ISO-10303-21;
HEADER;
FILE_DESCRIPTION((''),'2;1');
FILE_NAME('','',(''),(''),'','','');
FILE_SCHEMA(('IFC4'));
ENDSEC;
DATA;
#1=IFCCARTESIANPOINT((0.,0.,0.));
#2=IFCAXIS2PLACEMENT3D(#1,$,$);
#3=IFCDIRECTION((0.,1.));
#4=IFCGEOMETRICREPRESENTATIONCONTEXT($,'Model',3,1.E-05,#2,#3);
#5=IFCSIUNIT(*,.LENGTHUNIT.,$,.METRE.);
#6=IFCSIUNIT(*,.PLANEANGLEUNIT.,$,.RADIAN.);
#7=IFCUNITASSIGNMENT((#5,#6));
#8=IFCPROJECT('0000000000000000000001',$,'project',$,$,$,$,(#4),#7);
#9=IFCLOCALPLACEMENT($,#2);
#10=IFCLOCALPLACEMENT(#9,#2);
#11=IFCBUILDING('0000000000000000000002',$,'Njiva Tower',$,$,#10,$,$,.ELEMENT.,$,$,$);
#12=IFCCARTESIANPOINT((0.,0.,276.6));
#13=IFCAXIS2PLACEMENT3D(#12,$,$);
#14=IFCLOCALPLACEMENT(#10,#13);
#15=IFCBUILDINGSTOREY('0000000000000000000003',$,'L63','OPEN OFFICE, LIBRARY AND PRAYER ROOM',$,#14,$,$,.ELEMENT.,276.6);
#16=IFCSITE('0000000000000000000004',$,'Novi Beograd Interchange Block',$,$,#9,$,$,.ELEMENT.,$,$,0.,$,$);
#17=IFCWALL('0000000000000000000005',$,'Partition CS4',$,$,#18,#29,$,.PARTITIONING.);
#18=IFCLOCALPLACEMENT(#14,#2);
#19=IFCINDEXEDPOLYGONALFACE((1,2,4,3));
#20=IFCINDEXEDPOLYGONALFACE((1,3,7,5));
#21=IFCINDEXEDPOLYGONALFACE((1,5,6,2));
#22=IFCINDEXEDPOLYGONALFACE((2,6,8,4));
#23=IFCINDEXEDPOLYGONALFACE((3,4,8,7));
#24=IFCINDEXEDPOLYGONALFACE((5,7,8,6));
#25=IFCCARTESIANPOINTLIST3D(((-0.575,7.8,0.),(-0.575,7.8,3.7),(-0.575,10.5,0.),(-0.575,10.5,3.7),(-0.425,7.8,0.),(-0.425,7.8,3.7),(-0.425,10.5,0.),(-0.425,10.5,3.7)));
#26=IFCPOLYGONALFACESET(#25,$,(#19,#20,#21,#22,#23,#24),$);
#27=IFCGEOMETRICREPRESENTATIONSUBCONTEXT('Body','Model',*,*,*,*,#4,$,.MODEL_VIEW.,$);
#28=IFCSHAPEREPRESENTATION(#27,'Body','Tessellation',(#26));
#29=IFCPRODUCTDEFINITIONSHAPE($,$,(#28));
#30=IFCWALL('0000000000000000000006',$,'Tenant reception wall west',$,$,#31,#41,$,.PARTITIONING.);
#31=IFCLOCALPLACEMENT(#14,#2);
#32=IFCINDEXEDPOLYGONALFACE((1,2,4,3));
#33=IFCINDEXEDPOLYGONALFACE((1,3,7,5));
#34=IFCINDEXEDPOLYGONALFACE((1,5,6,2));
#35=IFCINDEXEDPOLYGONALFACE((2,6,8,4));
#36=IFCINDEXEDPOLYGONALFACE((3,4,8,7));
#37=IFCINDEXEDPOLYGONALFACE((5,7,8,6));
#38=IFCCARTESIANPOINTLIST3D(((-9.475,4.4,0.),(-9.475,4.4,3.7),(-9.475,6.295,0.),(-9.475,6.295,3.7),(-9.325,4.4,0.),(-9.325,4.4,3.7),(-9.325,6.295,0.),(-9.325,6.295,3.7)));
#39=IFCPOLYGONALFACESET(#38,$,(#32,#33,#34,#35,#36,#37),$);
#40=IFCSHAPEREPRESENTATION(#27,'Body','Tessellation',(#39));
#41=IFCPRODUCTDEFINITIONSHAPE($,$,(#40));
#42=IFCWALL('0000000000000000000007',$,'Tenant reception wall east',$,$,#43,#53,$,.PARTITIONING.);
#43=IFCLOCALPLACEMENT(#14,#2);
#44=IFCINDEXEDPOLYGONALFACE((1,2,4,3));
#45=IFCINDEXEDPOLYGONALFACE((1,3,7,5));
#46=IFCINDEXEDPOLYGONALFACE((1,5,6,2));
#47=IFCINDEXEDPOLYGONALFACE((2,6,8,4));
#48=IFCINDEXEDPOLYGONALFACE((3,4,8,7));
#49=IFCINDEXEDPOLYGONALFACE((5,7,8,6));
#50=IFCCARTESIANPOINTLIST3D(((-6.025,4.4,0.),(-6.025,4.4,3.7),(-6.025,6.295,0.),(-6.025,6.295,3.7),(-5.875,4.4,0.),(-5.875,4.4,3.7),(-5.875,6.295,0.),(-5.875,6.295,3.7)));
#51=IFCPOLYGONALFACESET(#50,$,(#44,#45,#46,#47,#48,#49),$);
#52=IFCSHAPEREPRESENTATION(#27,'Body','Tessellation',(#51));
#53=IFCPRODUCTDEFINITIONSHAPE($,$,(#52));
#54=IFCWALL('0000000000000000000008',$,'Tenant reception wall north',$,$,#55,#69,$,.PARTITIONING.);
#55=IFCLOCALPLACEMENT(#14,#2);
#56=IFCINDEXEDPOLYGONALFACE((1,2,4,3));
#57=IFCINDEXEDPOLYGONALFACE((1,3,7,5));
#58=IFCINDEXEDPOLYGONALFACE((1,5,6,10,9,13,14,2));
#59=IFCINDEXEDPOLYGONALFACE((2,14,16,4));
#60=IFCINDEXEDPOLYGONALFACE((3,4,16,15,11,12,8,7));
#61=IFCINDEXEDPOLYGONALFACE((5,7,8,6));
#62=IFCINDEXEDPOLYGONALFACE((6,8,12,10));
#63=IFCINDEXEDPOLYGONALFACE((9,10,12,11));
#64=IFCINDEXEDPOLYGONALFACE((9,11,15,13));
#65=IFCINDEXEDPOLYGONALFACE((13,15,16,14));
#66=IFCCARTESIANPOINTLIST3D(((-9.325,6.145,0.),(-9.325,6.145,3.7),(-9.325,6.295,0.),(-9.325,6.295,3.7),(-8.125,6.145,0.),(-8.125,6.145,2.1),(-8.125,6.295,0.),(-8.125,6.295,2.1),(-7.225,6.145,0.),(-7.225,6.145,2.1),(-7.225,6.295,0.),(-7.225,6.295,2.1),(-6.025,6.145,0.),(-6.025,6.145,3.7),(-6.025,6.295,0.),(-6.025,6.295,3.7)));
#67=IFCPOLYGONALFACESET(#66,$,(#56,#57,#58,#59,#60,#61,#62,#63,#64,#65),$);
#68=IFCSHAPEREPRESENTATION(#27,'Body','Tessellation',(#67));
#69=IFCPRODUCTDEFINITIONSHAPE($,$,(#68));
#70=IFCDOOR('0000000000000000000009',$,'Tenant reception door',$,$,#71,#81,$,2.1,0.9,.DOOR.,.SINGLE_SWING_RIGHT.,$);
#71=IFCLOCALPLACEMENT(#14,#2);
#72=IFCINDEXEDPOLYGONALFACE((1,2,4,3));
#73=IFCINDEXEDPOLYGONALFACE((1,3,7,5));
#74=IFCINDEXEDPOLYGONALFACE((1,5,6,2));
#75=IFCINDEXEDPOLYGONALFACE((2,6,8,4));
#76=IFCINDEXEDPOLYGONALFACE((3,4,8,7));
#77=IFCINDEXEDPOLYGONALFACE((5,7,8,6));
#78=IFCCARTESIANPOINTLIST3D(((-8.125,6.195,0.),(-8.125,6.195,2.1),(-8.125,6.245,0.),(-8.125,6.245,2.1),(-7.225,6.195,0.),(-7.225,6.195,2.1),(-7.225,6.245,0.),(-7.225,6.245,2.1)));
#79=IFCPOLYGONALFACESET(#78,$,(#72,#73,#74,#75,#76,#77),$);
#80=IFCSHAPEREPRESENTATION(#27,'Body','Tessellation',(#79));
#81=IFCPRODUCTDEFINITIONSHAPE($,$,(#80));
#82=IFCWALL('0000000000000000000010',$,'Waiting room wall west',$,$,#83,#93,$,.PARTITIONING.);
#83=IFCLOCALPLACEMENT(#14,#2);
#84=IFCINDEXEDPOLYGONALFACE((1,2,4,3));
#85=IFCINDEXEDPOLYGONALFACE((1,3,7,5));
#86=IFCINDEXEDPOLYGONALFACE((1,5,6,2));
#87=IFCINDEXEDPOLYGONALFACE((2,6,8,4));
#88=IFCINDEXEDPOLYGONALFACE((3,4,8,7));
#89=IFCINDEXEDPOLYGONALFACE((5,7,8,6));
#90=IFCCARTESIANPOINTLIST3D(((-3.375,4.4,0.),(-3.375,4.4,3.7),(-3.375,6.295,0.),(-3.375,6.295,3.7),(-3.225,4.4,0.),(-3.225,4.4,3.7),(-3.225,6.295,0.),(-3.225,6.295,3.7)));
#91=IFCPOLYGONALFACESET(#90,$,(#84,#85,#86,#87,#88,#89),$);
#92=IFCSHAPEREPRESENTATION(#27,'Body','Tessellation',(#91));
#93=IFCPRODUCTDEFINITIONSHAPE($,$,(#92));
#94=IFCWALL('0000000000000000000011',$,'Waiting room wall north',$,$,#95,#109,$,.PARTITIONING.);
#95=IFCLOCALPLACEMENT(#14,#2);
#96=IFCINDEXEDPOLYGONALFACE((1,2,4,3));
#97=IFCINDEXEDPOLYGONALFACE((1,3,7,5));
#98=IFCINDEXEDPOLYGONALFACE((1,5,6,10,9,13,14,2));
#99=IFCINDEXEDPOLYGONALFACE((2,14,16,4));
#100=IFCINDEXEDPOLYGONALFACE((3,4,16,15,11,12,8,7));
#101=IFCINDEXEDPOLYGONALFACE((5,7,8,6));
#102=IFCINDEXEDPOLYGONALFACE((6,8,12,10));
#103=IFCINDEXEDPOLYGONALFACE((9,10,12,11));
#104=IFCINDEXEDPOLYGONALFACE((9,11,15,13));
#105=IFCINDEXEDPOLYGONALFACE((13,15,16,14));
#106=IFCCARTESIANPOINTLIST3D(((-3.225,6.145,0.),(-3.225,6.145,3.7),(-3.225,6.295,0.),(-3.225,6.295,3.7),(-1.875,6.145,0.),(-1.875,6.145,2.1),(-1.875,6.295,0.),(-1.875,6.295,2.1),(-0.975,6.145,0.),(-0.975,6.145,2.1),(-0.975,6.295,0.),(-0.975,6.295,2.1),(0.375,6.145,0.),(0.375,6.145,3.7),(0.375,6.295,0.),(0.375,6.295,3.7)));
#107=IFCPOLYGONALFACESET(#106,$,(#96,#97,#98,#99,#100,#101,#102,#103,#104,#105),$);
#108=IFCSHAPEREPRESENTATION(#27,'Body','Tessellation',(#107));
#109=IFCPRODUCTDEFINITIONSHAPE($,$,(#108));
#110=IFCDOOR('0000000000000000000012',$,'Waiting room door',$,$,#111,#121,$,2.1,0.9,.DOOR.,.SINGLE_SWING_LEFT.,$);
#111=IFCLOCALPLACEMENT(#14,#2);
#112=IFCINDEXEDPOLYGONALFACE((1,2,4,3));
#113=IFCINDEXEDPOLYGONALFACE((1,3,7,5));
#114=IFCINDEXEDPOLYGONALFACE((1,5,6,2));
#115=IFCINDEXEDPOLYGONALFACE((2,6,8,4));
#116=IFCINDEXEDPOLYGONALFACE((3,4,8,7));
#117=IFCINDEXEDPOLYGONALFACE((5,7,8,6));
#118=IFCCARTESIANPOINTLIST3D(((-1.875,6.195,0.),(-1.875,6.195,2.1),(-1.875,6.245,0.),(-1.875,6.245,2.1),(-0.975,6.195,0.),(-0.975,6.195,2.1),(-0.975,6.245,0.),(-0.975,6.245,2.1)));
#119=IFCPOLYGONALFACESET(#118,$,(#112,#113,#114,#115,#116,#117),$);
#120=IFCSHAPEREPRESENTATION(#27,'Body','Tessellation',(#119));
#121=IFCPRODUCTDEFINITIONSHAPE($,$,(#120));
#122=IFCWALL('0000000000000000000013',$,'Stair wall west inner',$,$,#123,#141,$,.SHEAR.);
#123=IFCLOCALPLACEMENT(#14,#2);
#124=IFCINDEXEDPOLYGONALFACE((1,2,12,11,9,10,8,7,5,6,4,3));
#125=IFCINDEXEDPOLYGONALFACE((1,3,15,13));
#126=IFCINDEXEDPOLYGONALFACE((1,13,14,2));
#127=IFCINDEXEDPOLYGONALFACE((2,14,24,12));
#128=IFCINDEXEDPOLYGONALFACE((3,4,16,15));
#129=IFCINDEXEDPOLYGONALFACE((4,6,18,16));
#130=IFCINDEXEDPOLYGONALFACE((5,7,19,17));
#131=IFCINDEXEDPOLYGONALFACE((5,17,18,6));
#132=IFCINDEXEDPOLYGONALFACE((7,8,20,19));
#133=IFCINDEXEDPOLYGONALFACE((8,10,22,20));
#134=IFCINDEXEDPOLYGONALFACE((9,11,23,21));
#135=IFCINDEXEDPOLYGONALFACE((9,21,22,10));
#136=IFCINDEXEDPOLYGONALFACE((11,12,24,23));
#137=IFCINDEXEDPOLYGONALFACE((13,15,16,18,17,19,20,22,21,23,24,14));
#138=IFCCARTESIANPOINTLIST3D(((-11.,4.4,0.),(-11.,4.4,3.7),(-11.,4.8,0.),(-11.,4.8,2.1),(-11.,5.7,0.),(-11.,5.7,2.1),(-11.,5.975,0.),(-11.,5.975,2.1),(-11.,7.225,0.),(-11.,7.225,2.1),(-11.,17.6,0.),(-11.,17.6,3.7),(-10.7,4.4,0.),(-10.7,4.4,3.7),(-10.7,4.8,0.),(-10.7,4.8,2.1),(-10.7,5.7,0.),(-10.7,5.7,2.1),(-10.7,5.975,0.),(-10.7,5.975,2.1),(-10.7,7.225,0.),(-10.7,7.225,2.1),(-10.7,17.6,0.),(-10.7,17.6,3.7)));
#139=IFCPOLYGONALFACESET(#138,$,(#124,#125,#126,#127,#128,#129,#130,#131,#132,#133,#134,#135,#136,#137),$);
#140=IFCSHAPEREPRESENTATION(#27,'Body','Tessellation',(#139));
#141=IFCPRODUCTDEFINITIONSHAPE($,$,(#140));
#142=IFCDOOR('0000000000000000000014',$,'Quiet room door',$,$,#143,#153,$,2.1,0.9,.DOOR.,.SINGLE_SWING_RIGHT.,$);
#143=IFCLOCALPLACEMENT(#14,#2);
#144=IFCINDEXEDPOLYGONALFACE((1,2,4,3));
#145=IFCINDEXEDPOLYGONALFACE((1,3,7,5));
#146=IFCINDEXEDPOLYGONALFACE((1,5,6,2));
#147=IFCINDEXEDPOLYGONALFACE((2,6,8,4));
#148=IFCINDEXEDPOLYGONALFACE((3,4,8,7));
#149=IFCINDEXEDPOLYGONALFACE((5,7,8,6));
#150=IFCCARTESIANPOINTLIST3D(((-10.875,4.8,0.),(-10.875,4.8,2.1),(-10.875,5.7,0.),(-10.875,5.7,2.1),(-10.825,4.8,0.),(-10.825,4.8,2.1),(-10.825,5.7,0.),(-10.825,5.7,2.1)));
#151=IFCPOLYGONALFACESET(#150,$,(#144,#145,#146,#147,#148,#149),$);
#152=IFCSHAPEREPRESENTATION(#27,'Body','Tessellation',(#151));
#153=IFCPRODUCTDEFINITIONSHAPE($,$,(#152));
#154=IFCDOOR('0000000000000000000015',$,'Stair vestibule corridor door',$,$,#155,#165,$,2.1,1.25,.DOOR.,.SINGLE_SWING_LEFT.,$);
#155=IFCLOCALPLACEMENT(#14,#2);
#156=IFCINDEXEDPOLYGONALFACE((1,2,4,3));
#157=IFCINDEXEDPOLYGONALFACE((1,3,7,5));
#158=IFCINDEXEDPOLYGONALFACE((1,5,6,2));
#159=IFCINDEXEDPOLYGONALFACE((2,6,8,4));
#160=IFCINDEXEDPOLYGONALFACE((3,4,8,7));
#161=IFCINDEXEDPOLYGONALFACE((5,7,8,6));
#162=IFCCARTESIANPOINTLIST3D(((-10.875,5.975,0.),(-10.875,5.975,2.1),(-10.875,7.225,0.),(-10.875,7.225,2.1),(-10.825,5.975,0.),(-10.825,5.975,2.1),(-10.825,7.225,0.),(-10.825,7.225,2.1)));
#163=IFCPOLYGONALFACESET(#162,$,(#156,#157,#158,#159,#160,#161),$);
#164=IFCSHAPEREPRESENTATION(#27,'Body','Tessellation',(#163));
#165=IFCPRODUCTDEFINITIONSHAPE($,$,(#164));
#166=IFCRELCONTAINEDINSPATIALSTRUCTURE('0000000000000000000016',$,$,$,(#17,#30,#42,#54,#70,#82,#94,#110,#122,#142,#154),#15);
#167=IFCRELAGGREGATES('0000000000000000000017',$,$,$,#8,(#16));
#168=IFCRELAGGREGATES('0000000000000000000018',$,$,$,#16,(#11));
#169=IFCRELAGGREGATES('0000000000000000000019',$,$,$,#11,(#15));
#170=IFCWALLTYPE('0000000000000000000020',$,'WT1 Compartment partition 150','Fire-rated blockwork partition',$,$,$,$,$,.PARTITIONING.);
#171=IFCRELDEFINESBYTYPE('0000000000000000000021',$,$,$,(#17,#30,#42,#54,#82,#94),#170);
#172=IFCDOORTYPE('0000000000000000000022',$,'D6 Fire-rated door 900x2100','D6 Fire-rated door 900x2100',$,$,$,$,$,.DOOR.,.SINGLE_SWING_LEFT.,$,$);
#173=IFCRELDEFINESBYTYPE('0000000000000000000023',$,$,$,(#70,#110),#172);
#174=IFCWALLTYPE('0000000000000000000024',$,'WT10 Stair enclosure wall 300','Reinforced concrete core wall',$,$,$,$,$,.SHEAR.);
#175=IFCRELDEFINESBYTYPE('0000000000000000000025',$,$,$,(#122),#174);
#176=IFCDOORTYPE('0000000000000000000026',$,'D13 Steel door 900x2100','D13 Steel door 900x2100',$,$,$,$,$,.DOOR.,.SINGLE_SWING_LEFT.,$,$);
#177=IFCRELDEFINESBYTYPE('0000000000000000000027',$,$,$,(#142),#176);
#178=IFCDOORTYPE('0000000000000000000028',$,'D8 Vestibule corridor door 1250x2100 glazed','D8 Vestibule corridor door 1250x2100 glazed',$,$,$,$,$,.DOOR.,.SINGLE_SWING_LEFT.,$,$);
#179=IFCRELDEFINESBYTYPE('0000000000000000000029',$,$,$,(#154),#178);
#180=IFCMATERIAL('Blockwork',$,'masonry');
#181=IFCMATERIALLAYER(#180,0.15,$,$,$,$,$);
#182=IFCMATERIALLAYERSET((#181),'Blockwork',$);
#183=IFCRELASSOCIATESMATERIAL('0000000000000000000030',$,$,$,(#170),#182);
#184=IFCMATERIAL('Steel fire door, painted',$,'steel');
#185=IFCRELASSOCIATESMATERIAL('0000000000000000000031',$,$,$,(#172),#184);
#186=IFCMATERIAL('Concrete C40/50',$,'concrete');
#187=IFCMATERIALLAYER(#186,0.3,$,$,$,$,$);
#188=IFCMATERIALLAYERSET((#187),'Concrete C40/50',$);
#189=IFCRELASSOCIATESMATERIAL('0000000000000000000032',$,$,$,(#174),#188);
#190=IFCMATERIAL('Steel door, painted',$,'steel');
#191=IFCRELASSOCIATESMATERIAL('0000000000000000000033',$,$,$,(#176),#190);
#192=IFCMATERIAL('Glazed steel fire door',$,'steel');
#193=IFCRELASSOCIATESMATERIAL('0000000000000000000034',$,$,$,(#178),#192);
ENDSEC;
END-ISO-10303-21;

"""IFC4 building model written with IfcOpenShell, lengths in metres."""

from ifc_helpers import new_model, si_unit, direction, frame, frame_2d, origin, place, context, subcontext, project, spatial, rectangle, extrude, material, layer, layer_set, type_object, element, fill, save


model = new_model("IFC4")

# Units and contexts
model_context = context("Model", 3, precision=1e-05, world=origin(), true_north=direction((0.0, 1.0)))
body_context = subcontext(model_context, "Body", "Model", "MODEL_VIEW")
ifc_project = project(units=[si_unit("LENGTHUNIT", "METRE"), si_unit("PLANEANGLEUNIT", "RADIAN")], contexts=[model_context])

# Site, building, storey
site_placement = place(None, origin())
site = spatial("IfcSite", under=ifc_project, at=site_placement, Name="Novi Beograd Interchange Block", CompositionType="ELEMENT", RefElevation=0.0)
building_placement = place(site_placement, origin())
building = spatial("IfcBuilding", under=site, at=building_placement, Name="Njiva Tower", CompositionType="ELEMENT")
storey_placement = place(building_placement, frame((0.0, 0.0, 276.6)))
storey = spatial("IfcBuildingStorey", under=building, at=storey_placement, Name="L63", Description="OPEN OFFICE, LIBRARY AND PRAYER ROOM", CompositionType="ELEMENT", Elevation=276.6)

# Walls
ifc_material_1 = material(Name="Blockwork", Category="masonry")
ifc_layer_1 = layer(ifc_material_1, 0.15)
ifc_layer_set_1 = layer_set([ifc_layer_1], Name="Blockwork")
wall_type_1 = type_object("IfcWallType", Name="WT1 Compartment partition 150", Description="Fire-rated blockwork partition", PredefinedType="PARTITIONING", material=ifc_layer_set_1)
wall_1_placement = place(storey_placement, frame((-0.5, 7.8, 0.0), z_axis=(0.0, 0.0, 1.0), x_axis=(0.0, 1.0, 0.0)))
element("IfcWall", 1, at=wall_1_placement, inside=storey, type_object=wall_type_1, Name="Partition CS4", PredefinedType="PARTITIONING", context=body_context, shape_type="SweptSolid", body=[
    extrude(rectangle(XDim=2.7, YDim=0.15, at=frame_2d((1.35, 0.0))), origin(), (0.0, 0.0, 1.0), 3.7),
])
for number, where, z_axis, x_axis, name in (
    (2, (-9.4, 4.4, 0.0), (0.0, 0.0, 1.0), (0.0, 1.0, 0.0), "Tenant reception wall west"),
    (3, (-5.95, 4.4, 0.0), (0.0, 0.0, 1.0), (0.0, 1.0, 0.0), "Tenant reception wall east"),
):
    element("IfcWall", number, at=place(storey_placement, frame(where, z_axis=z_axis, x_axis=x_axis)), inside=storey, type_object=wall_type_1, Name=name, PredefinedType="PARTITIONING", context=body_context, shape_type="SweptSolid", body=[
        extrude(rectangle(XDim=1.895, YDim=0.15, at=frame_2d((0.9475, 0.0))), origin(), (0.0, 0.0, 1.0), 3.7),
    ])

# Wall, opening, door
wall_2_placement = place(storey_placement, frame((-9.325, 6.22, 0.0), z_axis=(0.0, 0.0, 1.0), x_axis=(1.0, 0.0, 0.0)))
wall_2 = element("IfcWall", 4, at=wall_2_placement, inside=storey, type_object=wall_type_1, Name="Tenant reception wall north", PredefinedType="PARTITIONING", context=body_context, shape_type="SweptSolid", body=[
    extrude(rectangle(XDim=3.3, YDim=0.15, at=frame_2d((1.65, 0.0))), origin(), (0.0, 0.0, 1.0), 3.7),
])
opening_1_placement = place(wall_2_placement, frame((1.2, 0.0, 0.0)))
opening_1 = element("IfcOpeningElement", 5, at=opening_1_placement, cuts=wall_2, PredefinedType="OPENING", context=body_context, shape_type="SweptSolid", body=[
    extrude(rectangle(XDim=0.9, YDim=2.1, at=frame_2d((0.45, 1.05))), frame((0.0, 0.085, 0.0), z_axis=(0.0, -1.0, 0.0), x_axis=(1.0, 0.0, 0.0)), (0.0, 0.0, 1.0), 0.17),
])
ifc_material_2 = material(Name="Steel fire door, painted", Category="steel")
door_type_1 = type_object("IfcDoorType", Name="D6 Fire-rated door 900x2100", Description="D6 Fire-rated door 900x2100", OperationType="SINGLE_SWING_LEFT", PredefinedType="DOOR", material=ifc_material_2)
door_1_placement = place(opening_1_placement, origin())
door_1 = element("IfcDoor", 6, at=door_1_placement, inside=storey, type_object=door_type_1, Name="Tenant reception door", OperationType="SINGLE_SWING_RIGHT", OverallHeight=2.1, OverallWidth=0.9, PredefinedType="DOOR", context=body_context, shape_type="SweptSolid", body=[
    extrude(rectangle(XDim=0.9, YDim=2.1, at=frame_2d((0.45, 1.05))), frame((0.0, 0.025, 0.0), z_axis=(0.0, -1.0, 0.0), x_axis=(1.0, 0.0, 0.0)), (0.0, 0.0, 1.0), 0.05),
])
fill(opening_1, door_1)

# Wall
wall_3_placement = place(storey_placement, frame((-3.3, 4.4, 0.0), z_axis=(0.0, 0.0, 1.0), x_axis=(0.0, 1.0, 0.0)))
element("IfcWall", 7, at=wall_3_placement, inside=storey, type_object=wall_type_1, Name="Waiting room wall west", PredefinedType="PARTITIONING", context=body_context, shape_type="SweptSolid", body=[
    extrude(rectangle(XDim=1.895, YDim=0.15, at=frame_2d((0.9475, 0.0))), origin(), (0.0, 0.0, 1.0), 3.7),
])

# Wall, opening, door
wall_4_placement = place(storey_placement, frame((-3.225, 6.22, 0.0), z_axis=(0.0, 0.0, 1.0), x_axis=(1.0, 0.0, 0.0)))
wall_4 = element("IfcWall", 8, at=wall_4_placement, inside=storey, type_object=wall_type_1, Name="Waiting room wall north", PredefinedType="PARTITIONING", context=body_context, shape_type="SweptSolid", body=[
    extrude(rectangle(XDim=3.6, YDim=0.15, at=frame_2d((1.8, 0.0))), origin(), (0.0, 0.0, 1.0), 3.7),
])
opening_2_placement = place(wall_4_placement, frame((1.35, 0.0, 0.0)))
opening_2 = element("IfcOpeningElement", 9, at=opening_2_placement, cuts=wall_4, PredefinedType="OPENING", context=body_context, shape_type="SweptSolid", body=[
    extrude(rectangle(XDim=0.9, YDim=2.1, at=frame_2d((0.45, 1.05))), frame((0.0, 0.085, 0.0), z_axis=(0.0, -1.0, 0.0), x_axis=(1.0, 0.0, 0.0)), (0.0, 0.0, 1.0), 0.17),
])
door_2_placement = place(opening_2_placement, origin())
door_2 = element("IfcDoor", 10, at=door_2_placement, inside=storey, type_object=door_type_1, Name="Waiting room door", OperationType="SINGLE_SWING_LEFT", OverallHeight=2.1, OverallWidth=0.9, PredefinedType="DOOR", context=body_context, shape_type="SweptSolid", body=[
    extrude(rectangle(XDim=0.9, YDim=2.1, at=frame_2d((0.45, 1.05))), frame((0.0, 0.025, 0.0), z_axis=(0.0, -1.0, 0.0), x_axis=(1.0, 0.0, 0.0)), (0.0, 0.0, 1.0), 0.05),
])
fill(opening_2, door_2)

# Wall, openings, doors
ifc_material_3 = material(Name="Concrete C40/50", Category="concrete")
ifc_layer_2 = layer(ifc_material_3, 0.3)
ifc_layer_set_2 = layer_set([ifc_layer_2], Name="Concrete C40/50")
wall_type_2 = type_object("IfcWallType", Name="WT10 Stair enclosure wall 300", Description="Reinforced concrete core wall", PredefinedType="SHEAR", material=ifc_layer_set_2)
wall_5_placement = place(storey_placement, frame((-10.85, 4.4, 0.0), z_axis=(0.0, 0.0, 1.0), x_axis=(0.0, 1.0, 0.0)))
wall_5 = element("IfcWall", 11, at=wall_5_placement, inside=storey, type_object=wall_type_2, Name="Stair wall west inner", PredefinedType="SHEAR", context=body_context, shape_type="SweptSolid", body=[
    extrude(rectangle(XDim=13.2, YDim=0.3, at=frame_2d((6.6, 0.0))), origin(), (0.0, 0.0, 1.0), 3.7),
])
opening_3_placement = place(wall_5_placement, frame((1.575, 0.0, 0.0)))
opening_3 = element("IfcOpeningElement", 12, at=opening_3_placement, cuts=wall_5, PredefinedType="OPENING", context=body_context, shape_type="SweptSolid", body=[
    extrude(rectangle(XDim=1.25, YDim=2.1, at=frame_2d((0.625, 1.05))), frame((0.0, 0.16, 0.0), z_axis=(0.0, -1.0, 0.0), x_axis=(1.0, 0.0, 0.0)), (0.0, 0.0, 1.0), 0.32),
])
opening_4_placement = place(wall_5_placement, frame((0.4, 0.0, 0.0)))
opening_4 = element("IfcOpeningElement", 13, at=opening_4_placement, cuts=wall_5, PredefinedType="OPENING", context=body_context, shape_type="SweptSolid", body=[
    extrude(rectangle(XDim=0.9, YDim=2.1, at=frame_2d((0.45, 1.05))), frame((0.0, 0.16, 0.0), z_axis=(0.0, -1.0, 0.0), x_axis=(1.0, 0.0, 0.0)), (0.0, 0.0, 1.0), 0.32),
])
ifc_material_4 = material(Name="Steel door, painted", Category="steel")
door_type_2 = type_object("IfcDoorType", Name="D13 Steel door 900x2100", Description="D13 Steel door 900x2100", OperationType="SINGLE_SWING_LEFT", PredefinedType="DOOR", material=ifc_material_4)
door_3_placement = place(opening_4_placement, origin())
door_3 = element("IfcDoor", 14, at=door_3_placement, inside=storey, type_object=door_type_2, Name="Quiet room door", OperationType="SINGLE_SWING_RIGHT", OverallHeight=2.1, OverallWidth=0.9, PredefinedType="DOOR", context=body_context, shape_type="SweptSolid", body=[
    extrude(rectangle(XDim=0.9, YDim=2.1, at=frame_2d((0.45, 1.05))), frame((0.0, 0.025, 0.0), z_axis=(0.0, -1.0, 0.0), x_axis=(1.0, 0.0, 0.0)), (0.0, 0.0, 1.0), 0.05),
])
fill(opening_4, door_3)
ifc_material_5 = material(Name="Glazed steel fire door", Category="steel")
door_type_3 = type_object("IfcDoorType", Name="D8 Vestibule corridor door 1250x2100 glazed", Description="D8 Vestibule corridor door 1250x2100 glazed", OperationType="SINGLE_SWING_LEFT", PredefinedType="DOOR", material=ifc_material_5)
door_4_placement = place(opening_3_placement, origin())
door_4 = element("IfcDoor", 15, at=door_4_placement, inside=storey, type_object=door_type_3, Name="Stair vestibule corridor door", OperationType="SINGLE_SWING_LEFT", OverallHeight=2.1, OverallWidth=1.25, PredefinedType="DOOR", context=body_context, shape_type="SweptSolid", body=[
    extrude(rectangle(XDim=1.25, YDim=2.1, at=frame_2d((0.625, 1.05))), frame((0.0, 0.025, 0.0), z_axis=(0.0, -1.0, 0.0), x_axis=(1.0, 0.0, 0.0)), (0.0, 0.0, 1.0), 0.05),
])
fill(opening_3, door_4)

save(model, "model.ifc")
